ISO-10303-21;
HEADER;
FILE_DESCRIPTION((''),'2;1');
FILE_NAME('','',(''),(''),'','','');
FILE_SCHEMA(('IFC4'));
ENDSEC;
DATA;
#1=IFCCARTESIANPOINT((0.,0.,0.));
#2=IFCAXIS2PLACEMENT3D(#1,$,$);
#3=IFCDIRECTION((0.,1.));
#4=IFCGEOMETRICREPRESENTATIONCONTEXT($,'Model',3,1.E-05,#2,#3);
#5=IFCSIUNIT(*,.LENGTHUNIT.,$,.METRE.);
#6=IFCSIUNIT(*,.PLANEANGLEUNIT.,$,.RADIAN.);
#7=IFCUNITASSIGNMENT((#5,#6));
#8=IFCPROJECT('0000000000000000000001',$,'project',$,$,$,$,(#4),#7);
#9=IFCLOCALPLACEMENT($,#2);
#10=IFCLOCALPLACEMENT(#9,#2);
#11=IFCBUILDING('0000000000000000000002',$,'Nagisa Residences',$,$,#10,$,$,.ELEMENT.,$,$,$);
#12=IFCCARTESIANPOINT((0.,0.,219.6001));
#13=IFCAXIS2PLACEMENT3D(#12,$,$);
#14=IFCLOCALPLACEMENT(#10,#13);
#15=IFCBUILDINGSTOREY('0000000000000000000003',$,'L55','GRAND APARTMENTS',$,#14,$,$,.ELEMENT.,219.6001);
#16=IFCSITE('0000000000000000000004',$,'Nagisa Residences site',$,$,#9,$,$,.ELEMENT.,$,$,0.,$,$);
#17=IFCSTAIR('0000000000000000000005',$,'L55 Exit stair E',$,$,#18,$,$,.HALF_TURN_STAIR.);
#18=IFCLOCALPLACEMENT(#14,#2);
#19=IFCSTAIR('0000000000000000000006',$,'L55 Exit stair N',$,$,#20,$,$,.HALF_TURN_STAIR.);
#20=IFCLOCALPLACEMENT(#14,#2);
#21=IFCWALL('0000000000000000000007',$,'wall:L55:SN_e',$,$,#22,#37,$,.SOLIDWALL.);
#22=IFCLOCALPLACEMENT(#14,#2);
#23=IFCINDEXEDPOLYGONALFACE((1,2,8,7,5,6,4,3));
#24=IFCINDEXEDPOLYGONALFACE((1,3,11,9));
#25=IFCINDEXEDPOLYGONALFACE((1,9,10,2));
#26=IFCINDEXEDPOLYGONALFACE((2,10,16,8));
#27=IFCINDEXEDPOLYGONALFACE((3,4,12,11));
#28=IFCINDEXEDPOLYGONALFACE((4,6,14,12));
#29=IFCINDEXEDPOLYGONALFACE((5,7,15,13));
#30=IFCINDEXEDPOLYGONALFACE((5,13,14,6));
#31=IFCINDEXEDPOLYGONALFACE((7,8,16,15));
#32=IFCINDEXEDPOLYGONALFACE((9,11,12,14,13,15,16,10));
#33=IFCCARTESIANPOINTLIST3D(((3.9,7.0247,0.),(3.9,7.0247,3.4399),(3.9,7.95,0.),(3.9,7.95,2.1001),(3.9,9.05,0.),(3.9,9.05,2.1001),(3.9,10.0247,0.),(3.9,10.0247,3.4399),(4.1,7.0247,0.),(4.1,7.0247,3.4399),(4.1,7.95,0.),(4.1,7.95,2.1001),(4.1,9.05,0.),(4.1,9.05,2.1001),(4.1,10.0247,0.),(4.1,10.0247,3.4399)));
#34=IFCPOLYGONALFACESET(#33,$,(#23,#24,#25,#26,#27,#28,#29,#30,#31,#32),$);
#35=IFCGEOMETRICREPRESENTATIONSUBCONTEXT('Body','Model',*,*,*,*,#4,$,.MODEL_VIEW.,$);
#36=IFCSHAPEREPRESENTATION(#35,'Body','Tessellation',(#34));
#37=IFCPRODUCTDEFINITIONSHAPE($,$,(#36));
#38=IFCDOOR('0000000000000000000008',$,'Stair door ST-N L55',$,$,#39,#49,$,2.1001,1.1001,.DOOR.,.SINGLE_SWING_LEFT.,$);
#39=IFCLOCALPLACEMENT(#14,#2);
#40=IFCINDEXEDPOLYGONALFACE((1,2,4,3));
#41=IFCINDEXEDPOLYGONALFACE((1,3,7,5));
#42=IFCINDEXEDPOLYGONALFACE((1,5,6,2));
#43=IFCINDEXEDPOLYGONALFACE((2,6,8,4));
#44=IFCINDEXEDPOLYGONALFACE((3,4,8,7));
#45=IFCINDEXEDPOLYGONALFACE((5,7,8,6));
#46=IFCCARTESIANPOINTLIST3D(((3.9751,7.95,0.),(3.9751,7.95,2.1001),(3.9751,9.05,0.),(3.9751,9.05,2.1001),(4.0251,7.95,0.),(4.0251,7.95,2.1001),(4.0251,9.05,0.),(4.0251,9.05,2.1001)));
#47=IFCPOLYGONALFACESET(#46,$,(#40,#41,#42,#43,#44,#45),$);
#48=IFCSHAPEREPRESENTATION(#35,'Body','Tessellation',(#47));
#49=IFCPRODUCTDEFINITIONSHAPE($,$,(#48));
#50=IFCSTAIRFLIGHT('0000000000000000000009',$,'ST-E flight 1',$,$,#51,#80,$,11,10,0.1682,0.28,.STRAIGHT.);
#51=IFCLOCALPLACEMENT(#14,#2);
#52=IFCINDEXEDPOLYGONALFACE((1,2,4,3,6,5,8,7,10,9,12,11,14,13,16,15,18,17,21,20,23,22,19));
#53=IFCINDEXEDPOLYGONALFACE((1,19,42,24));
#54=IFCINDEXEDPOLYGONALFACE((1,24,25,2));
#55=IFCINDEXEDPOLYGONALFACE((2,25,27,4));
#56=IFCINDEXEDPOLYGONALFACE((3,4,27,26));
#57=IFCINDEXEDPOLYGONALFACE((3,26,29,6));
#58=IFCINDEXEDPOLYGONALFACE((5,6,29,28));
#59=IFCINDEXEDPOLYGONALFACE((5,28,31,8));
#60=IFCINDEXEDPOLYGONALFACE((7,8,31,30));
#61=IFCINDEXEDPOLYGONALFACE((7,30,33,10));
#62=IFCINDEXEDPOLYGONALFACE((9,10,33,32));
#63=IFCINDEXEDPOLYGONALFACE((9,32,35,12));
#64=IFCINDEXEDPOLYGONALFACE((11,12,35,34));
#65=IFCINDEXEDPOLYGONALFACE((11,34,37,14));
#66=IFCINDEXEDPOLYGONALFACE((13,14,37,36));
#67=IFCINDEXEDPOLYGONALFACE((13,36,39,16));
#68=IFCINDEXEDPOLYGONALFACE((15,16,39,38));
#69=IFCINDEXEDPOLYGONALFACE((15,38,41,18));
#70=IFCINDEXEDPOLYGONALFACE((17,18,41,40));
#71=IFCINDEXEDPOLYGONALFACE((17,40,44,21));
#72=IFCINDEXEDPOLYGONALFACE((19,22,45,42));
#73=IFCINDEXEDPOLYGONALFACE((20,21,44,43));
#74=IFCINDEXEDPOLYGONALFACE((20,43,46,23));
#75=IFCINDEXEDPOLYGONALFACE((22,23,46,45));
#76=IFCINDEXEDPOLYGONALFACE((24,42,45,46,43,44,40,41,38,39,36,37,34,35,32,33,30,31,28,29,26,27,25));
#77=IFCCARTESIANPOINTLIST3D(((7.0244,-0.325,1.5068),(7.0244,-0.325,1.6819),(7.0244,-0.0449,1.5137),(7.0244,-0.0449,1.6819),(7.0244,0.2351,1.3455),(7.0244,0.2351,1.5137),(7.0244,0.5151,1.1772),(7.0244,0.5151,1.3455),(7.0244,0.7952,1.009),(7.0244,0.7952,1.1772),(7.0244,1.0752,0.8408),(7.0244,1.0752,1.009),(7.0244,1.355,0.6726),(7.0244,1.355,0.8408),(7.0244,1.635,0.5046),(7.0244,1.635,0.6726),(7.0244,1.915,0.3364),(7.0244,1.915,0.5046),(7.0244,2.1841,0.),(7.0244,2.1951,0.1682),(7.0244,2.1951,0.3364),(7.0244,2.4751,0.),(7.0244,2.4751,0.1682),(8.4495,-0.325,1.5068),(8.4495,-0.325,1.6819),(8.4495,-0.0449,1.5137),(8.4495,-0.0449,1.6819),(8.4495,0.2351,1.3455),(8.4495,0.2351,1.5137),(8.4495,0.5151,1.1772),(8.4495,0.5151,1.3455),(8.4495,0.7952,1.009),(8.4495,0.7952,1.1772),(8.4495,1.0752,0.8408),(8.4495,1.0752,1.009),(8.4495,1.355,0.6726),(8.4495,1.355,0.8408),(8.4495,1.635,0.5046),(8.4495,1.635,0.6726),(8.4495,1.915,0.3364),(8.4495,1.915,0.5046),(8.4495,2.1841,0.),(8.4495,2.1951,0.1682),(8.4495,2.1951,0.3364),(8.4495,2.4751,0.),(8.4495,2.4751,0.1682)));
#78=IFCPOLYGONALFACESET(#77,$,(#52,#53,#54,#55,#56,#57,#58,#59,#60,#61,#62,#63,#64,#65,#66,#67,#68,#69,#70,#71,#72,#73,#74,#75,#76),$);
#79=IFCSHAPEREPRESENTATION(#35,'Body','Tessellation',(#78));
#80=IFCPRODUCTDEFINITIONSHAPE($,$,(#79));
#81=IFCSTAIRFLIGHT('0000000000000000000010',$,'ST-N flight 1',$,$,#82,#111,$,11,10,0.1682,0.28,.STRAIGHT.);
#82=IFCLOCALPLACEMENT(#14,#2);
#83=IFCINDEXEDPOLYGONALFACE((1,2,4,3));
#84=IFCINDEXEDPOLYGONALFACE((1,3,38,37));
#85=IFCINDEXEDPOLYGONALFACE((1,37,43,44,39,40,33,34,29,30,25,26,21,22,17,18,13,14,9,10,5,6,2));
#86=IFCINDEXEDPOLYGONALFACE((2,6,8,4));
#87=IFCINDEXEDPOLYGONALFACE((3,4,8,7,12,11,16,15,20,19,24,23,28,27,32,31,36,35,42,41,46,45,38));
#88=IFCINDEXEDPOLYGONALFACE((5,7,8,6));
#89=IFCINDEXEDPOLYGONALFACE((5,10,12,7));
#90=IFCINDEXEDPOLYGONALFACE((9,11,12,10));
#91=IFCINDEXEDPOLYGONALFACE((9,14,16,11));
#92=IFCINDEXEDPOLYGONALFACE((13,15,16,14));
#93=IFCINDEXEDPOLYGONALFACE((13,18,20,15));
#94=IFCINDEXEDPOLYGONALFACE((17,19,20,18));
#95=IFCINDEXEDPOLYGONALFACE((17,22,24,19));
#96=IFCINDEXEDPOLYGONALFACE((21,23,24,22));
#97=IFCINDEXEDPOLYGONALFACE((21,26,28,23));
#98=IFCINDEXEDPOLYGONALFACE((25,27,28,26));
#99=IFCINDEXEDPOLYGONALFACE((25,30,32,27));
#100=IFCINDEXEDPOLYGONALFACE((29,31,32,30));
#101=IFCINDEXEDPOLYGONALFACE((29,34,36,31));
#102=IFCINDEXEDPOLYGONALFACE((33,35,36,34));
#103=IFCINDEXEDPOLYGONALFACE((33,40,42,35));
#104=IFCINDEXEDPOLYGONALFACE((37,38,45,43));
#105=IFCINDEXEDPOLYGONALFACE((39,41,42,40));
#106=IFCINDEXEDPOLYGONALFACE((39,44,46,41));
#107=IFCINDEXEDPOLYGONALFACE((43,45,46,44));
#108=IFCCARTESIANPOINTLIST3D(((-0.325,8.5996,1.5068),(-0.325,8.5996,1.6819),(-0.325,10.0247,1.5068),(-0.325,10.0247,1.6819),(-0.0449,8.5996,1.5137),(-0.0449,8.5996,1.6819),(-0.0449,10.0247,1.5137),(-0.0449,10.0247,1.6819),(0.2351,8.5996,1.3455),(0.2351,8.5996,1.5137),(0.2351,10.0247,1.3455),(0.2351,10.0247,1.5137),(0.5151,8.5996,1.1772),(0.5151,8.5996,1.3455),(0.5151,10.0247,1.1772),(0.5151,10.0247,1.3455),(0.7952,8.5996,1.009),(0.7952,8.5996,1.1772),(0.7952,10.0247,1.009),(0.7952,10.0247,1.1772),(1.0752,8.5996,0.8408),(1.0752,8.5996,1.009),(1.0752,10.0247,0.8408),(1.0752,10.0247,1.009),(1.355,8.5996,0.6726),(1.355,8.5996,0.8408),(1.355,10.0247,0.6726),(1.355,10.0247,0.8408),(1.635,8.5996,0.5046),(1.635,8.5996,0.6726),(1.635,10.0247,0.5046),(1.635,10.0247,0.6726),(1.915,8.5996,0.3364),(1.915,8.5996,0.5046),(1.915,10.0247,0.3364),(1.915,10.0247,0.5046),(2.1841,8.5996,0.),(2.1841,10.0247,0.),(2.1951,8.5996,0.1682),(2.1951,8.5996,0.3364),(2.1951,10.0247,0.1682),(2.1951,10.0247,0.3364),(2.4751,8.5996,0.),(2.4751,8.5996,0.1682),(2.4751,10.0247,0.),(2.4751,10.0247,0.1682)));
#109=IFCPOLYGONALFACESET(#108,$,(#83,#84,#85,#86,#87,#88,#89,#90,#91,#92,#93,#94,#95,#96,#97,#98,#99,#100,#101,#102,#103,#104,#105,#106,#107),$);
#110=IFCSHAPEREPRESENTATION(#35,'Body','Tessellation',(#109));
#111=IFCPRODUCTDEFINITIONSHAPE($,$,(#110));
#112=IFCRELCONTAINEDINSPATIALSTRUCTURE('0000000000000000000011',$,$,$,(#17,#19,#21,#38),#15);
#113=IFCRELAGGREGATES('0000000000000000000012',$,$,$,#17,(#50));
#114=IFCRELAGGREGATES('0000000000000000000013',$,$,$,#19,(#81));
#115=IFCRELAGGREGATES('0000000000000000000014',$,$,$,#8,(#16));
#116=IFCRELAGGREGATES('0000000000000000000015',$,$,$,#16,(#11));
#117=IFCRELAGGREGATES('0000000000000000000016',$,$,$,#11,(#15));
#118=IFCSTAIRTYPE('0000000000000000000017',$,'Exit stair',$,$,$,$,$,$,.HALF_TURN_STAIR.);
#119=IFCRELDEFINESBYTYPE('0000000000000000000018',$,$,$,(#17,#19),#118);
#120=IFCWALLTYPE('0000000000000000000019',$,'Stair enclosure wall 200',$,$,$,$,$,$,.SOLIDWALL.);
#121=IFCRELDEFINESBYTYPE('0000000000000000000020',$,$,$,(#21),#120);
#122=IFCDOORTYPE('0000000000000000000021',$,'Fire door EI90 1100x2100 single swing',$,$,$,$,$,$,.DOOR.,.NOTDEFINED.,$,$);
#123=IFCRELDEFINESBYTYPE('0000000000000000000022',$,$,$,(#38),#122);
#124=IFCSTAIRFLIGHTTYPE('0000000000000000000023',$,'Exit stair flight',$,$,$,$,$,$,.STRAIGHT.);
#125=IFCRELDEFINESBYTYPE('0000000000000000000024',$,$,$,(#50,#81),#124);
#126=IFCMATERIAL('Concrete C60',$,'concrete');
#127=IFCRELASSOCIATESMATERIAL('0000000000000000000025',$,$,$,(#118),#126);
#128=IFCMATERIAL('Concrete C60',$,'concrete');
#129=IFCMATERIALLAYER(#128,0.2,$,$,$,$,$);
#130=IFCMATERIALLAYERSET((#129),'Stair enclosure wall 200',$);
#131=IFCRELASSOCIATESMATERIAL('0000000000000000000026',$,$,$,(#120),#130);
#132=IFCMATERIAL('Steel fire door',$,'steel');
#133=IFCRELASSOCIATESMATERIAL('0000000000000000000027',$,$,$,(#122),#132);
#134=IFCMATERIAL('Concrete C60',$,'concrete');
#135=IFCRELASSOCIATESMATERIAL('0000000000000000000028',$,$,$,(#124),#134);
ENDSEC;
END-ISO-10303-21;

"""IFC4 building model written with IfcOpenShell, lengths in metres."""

from ifc_helpers import new_model, si_unit, direction, frame, frame_2d, origin, place, context, subcontext, project, spatial, polyline, rectangle, outline, extrude, material, layer, layer_set, type_object, element, fill, aggregate, save


model = new_model("IFC4")

# Units and contexts
model_context = context("Model", 3, precision=1e-05, world=origin(), true_north=direction((0.0, 1.0)))
body_context = subcontext(model_context, "Body", "Model", "MODEL_VIEW")
ifc_project = project(units=[si_unit("LENGTHUNIT", "METRE"), si_unit("PLANEANGLEUNIT", "RADIAN")], contexts=[model_context])

# Site, building, storey
site_placement = place(None, origin())
site = spatial("IfcSite", under=ifc_project, at=site_placement, Name="Nagisa Residences site", CompositionType="ELEMENT", RefElevation=0.0)
building_placement = place(site_placement, origin())
building = spatial("IfcBuilding", under=site, at=building_placement, Name="Nagisa Residences", CompositionType="ELEMENT")
storey_placement = place(building_placement, frame((0.0, 0.0, 219.6001)))
storey = spatial("IfcBuildingStorey", under=building, at=storey_placement, Name="L55", Description="GRAND APARTMENTS", CompositionType="ELEMENT", Elevation=219.6001)

# Stairs
ifc_material_1 = material(Name="Concrete C60", Category="concrete")
stair_type = type_object("IfcStairType", Name="Exit stair", PredefinedType="HALF_TURN_STAIR", material=ifc_material_1)
stair_1_placement = place(storey_placement, origin())
stair_1 = element("IfcStair", 1, at=stair_1_placement, inside=storey, type_object=stair_type, Name="L55 Exit stair E", PredefinedType="HALF_TURN_STAIR")
stair_2_placement = place(storey_placement, origin())
stair_2 = element("IfcStair", 2, at=stair_2_placement, inside=storey, type_object=stair_type, Name="L55 Exit stair N", PredefinedType="HALF_TURN_STAIR")

# Wall, opening, door
ifc_material_2 = material(Name="Concrete C60", Category="concrete")
ifc_layer_1 = layer(ifc_material_2, 0.2)
ifc_layer_set_1 = layer_set([ifc_layer_1], Name="Stair enclosure wall 200")
wall_type_1 = type_object("IfcWallType", Name="Stair enclosure wall 200", PredefinedType="SOLIDWALL", material=ifc_layer_set_1)
ifc_material_3 = material(Name="Steel fire door", Category="steel")
door_type_1 = type_object("IfcDoorType", Name="Fire door EI90 1100x2100 single swing", OperationType="NOTDEFINED", PredefinedType="DOOR", material=ifc_material_3)
wall_1_placement = place(storey_placement, frame((4.0, 7.0247, 0.0), z_axis=(0.0, 0.0, 1.0), x_axis=(0.0, 1.0, 0.0)))
wall_1 = element("IfcWall", 3, at=wall_1_placement, inside=storey, type_object=wall_type_1, Name="wall:L55:SN_e", PredefinedType="SOLIDWALL", context=body_context, shape_type="SweptSolid", body=[
    extrude(rectangle(XDim=3.0, YDim=0.2, at=frame_2d((1.5, 0.0))), origin(), (0.0, 0.0, 1.0), 3.4399),
])
opening_1_placement = place(wall_1_placement, frame((0.9253, 0.0, 0.0)))
opening_1 = element("IfcOpeningElement", 4, at=opening_1_placement, cuts=wall_1, PredefinedType="OPENING", context=body_context, shape_type="SweptSolid", body=[
    extrude(rectangle(XDim=1.1001, YDim=2.1001, at=frame_2d((0.55, 1.05))), frame((0.0, 0.1099, 0.0), z_axis=(0.0, -1.0, 0.0), x_axis=(1.0, 0.0, 0.0)), (0.0, 0.0, 1.0), 0.22),
])
door_1_placement = place(opening_1_placement, origin())
door_1 = element("IfcDoor", 5, at=door_1_placement, inside=storey, type_object=door_type_1, Name="Stair door ST-N L55", OperationType="SINGLE_SWING_LEFT", OverallHeight=2.1001, OverallWidth=1.1001, PredefinedType="DOOR", context=body_context, shape_type="SweptSolid", body=[
    extrude(rectangle(XDim=1.1001, YDim=2.1001, at=frame_2d((0.55, 1.05))), frame((0.0, 0.0249, 0.0), z_axis=(0.0, -1.0, 0.0), x_axis=(1.0, 0.0, 0.0)), (0.0, 0.0, 1.0), 0.05),
])
fill(opening_1, door_1)

# Stair flights
ifc_material_4 = material(Name="Concrete C60", Category="concrete")
stair_flight_type = type_object("IfcStairFlightType", Name="Exit stair flight", PredefinedType="STRAIGHT", material=ifc_material_4)
stair_flight_1_placement = place(storey_placement, frame((7.7371, 2.4751, 0.0), z_axis=(0.0, 0.0, 1.0), x_axis=(0.0, -1.0, 0.0)))
stair_flight_1 = element("IfcStairFlight", 6, at=stair_flight_1_placement, type_object=stair_flight_type, Name="ST-E flight 1", NumberOfRisers=11, NumberOfTreads=10, PredefinedType="STRAIGHT", RiserHeight=0.1682, TreadLength=0.28, context=body_context, shape_type="SweptSolid", body=[
    extrude(outline(polyline([(0.0, 0.0), (0.0, 0.1682), (0.28, 0.1682), (0.28, 0.3364), (0.5601, 0.3364), (0.5601, 0.5046), (0.8401, 0.5046), (0.8401, 0.6726), (1.1201, 0.6726), (1.1201, 0.8408), (1.3999, 0.8408), (1.3999, 1.009), (1.6799, 1.009), (1.6799, 1.1772), (1.96, 1.1772), (1.96, 1.3455), (2.24, 1.3455), (2.24, 1.5137), (2.52, 1.5137), (2.52, 1.6819), (2.8, 1.6819), (2.8, 1.8501), (2.8, 1.5068), (0.291, 0.0), (0.0, 0.0)])), frame((0.0, 0.7124, 0.0), z_axis=(0.0, -1.0, 0.0), x_axis=(1.0, 0.0, 0.0)), (0.0, 0.0, 1.0), 1.425),
])
aggregate(stair_1, [stair_flight_1])
stair_flight_2_placement = place(storey_placement, frame((2.4751, 9.312, 0.0), z_axis=(0.0, 0.0, 1.0), x_axis=(-1.0, 0.0, 0.0)))
stair_flight_2 = element("IfcStairFlight", 7, at=stair_flight_2_placement, type_object=stair_flight_type, Name="ST-N flight 1", NumberOfRisers=11, NumberOfTreads=10, PredefinedType="STRAIGHT", RiserHeight=0.1682, TreadLength=0.28, context=body_context, shape_type="SweptSolid", body=[
    extrude(outline(polyline([(0.0, 0.0), (0.0, 0.1682), (0.28, 0.1682), (0.28, 0.3364), (0.5601, 0.3364), (0.5601, 0.5046), (0.8401, 0.5046), (0.8401, 0.6726), (1.1201, 0.6726), (1.1201, 0.8408), (1.3999, 0.8408), (1.3999, 1.009), (1.6799, 1.009), (1.6799, 1.1772), (1.96, 1.1772), (1.96, 1.3455), (2.24, 1.3455), (2.24, 1.5137), (2.52, 1.5137), (2.52, 1.6819), (2.8, 1.6819), (2.8, 1.8501), (2.8, 1.5068), (0.291, 0.0), (0.0, 0.0)])), frame((0.0, 0.7124, 0.0), z_axis=(0.0, -1.0, 0.0), x_axis=(1.0, 0.0, 0.0)), (0.0, 0.0, 1.0), 1.425),
])
aggregate(stair_2, [stair_flight_2])

save(model, "model.ifc")
